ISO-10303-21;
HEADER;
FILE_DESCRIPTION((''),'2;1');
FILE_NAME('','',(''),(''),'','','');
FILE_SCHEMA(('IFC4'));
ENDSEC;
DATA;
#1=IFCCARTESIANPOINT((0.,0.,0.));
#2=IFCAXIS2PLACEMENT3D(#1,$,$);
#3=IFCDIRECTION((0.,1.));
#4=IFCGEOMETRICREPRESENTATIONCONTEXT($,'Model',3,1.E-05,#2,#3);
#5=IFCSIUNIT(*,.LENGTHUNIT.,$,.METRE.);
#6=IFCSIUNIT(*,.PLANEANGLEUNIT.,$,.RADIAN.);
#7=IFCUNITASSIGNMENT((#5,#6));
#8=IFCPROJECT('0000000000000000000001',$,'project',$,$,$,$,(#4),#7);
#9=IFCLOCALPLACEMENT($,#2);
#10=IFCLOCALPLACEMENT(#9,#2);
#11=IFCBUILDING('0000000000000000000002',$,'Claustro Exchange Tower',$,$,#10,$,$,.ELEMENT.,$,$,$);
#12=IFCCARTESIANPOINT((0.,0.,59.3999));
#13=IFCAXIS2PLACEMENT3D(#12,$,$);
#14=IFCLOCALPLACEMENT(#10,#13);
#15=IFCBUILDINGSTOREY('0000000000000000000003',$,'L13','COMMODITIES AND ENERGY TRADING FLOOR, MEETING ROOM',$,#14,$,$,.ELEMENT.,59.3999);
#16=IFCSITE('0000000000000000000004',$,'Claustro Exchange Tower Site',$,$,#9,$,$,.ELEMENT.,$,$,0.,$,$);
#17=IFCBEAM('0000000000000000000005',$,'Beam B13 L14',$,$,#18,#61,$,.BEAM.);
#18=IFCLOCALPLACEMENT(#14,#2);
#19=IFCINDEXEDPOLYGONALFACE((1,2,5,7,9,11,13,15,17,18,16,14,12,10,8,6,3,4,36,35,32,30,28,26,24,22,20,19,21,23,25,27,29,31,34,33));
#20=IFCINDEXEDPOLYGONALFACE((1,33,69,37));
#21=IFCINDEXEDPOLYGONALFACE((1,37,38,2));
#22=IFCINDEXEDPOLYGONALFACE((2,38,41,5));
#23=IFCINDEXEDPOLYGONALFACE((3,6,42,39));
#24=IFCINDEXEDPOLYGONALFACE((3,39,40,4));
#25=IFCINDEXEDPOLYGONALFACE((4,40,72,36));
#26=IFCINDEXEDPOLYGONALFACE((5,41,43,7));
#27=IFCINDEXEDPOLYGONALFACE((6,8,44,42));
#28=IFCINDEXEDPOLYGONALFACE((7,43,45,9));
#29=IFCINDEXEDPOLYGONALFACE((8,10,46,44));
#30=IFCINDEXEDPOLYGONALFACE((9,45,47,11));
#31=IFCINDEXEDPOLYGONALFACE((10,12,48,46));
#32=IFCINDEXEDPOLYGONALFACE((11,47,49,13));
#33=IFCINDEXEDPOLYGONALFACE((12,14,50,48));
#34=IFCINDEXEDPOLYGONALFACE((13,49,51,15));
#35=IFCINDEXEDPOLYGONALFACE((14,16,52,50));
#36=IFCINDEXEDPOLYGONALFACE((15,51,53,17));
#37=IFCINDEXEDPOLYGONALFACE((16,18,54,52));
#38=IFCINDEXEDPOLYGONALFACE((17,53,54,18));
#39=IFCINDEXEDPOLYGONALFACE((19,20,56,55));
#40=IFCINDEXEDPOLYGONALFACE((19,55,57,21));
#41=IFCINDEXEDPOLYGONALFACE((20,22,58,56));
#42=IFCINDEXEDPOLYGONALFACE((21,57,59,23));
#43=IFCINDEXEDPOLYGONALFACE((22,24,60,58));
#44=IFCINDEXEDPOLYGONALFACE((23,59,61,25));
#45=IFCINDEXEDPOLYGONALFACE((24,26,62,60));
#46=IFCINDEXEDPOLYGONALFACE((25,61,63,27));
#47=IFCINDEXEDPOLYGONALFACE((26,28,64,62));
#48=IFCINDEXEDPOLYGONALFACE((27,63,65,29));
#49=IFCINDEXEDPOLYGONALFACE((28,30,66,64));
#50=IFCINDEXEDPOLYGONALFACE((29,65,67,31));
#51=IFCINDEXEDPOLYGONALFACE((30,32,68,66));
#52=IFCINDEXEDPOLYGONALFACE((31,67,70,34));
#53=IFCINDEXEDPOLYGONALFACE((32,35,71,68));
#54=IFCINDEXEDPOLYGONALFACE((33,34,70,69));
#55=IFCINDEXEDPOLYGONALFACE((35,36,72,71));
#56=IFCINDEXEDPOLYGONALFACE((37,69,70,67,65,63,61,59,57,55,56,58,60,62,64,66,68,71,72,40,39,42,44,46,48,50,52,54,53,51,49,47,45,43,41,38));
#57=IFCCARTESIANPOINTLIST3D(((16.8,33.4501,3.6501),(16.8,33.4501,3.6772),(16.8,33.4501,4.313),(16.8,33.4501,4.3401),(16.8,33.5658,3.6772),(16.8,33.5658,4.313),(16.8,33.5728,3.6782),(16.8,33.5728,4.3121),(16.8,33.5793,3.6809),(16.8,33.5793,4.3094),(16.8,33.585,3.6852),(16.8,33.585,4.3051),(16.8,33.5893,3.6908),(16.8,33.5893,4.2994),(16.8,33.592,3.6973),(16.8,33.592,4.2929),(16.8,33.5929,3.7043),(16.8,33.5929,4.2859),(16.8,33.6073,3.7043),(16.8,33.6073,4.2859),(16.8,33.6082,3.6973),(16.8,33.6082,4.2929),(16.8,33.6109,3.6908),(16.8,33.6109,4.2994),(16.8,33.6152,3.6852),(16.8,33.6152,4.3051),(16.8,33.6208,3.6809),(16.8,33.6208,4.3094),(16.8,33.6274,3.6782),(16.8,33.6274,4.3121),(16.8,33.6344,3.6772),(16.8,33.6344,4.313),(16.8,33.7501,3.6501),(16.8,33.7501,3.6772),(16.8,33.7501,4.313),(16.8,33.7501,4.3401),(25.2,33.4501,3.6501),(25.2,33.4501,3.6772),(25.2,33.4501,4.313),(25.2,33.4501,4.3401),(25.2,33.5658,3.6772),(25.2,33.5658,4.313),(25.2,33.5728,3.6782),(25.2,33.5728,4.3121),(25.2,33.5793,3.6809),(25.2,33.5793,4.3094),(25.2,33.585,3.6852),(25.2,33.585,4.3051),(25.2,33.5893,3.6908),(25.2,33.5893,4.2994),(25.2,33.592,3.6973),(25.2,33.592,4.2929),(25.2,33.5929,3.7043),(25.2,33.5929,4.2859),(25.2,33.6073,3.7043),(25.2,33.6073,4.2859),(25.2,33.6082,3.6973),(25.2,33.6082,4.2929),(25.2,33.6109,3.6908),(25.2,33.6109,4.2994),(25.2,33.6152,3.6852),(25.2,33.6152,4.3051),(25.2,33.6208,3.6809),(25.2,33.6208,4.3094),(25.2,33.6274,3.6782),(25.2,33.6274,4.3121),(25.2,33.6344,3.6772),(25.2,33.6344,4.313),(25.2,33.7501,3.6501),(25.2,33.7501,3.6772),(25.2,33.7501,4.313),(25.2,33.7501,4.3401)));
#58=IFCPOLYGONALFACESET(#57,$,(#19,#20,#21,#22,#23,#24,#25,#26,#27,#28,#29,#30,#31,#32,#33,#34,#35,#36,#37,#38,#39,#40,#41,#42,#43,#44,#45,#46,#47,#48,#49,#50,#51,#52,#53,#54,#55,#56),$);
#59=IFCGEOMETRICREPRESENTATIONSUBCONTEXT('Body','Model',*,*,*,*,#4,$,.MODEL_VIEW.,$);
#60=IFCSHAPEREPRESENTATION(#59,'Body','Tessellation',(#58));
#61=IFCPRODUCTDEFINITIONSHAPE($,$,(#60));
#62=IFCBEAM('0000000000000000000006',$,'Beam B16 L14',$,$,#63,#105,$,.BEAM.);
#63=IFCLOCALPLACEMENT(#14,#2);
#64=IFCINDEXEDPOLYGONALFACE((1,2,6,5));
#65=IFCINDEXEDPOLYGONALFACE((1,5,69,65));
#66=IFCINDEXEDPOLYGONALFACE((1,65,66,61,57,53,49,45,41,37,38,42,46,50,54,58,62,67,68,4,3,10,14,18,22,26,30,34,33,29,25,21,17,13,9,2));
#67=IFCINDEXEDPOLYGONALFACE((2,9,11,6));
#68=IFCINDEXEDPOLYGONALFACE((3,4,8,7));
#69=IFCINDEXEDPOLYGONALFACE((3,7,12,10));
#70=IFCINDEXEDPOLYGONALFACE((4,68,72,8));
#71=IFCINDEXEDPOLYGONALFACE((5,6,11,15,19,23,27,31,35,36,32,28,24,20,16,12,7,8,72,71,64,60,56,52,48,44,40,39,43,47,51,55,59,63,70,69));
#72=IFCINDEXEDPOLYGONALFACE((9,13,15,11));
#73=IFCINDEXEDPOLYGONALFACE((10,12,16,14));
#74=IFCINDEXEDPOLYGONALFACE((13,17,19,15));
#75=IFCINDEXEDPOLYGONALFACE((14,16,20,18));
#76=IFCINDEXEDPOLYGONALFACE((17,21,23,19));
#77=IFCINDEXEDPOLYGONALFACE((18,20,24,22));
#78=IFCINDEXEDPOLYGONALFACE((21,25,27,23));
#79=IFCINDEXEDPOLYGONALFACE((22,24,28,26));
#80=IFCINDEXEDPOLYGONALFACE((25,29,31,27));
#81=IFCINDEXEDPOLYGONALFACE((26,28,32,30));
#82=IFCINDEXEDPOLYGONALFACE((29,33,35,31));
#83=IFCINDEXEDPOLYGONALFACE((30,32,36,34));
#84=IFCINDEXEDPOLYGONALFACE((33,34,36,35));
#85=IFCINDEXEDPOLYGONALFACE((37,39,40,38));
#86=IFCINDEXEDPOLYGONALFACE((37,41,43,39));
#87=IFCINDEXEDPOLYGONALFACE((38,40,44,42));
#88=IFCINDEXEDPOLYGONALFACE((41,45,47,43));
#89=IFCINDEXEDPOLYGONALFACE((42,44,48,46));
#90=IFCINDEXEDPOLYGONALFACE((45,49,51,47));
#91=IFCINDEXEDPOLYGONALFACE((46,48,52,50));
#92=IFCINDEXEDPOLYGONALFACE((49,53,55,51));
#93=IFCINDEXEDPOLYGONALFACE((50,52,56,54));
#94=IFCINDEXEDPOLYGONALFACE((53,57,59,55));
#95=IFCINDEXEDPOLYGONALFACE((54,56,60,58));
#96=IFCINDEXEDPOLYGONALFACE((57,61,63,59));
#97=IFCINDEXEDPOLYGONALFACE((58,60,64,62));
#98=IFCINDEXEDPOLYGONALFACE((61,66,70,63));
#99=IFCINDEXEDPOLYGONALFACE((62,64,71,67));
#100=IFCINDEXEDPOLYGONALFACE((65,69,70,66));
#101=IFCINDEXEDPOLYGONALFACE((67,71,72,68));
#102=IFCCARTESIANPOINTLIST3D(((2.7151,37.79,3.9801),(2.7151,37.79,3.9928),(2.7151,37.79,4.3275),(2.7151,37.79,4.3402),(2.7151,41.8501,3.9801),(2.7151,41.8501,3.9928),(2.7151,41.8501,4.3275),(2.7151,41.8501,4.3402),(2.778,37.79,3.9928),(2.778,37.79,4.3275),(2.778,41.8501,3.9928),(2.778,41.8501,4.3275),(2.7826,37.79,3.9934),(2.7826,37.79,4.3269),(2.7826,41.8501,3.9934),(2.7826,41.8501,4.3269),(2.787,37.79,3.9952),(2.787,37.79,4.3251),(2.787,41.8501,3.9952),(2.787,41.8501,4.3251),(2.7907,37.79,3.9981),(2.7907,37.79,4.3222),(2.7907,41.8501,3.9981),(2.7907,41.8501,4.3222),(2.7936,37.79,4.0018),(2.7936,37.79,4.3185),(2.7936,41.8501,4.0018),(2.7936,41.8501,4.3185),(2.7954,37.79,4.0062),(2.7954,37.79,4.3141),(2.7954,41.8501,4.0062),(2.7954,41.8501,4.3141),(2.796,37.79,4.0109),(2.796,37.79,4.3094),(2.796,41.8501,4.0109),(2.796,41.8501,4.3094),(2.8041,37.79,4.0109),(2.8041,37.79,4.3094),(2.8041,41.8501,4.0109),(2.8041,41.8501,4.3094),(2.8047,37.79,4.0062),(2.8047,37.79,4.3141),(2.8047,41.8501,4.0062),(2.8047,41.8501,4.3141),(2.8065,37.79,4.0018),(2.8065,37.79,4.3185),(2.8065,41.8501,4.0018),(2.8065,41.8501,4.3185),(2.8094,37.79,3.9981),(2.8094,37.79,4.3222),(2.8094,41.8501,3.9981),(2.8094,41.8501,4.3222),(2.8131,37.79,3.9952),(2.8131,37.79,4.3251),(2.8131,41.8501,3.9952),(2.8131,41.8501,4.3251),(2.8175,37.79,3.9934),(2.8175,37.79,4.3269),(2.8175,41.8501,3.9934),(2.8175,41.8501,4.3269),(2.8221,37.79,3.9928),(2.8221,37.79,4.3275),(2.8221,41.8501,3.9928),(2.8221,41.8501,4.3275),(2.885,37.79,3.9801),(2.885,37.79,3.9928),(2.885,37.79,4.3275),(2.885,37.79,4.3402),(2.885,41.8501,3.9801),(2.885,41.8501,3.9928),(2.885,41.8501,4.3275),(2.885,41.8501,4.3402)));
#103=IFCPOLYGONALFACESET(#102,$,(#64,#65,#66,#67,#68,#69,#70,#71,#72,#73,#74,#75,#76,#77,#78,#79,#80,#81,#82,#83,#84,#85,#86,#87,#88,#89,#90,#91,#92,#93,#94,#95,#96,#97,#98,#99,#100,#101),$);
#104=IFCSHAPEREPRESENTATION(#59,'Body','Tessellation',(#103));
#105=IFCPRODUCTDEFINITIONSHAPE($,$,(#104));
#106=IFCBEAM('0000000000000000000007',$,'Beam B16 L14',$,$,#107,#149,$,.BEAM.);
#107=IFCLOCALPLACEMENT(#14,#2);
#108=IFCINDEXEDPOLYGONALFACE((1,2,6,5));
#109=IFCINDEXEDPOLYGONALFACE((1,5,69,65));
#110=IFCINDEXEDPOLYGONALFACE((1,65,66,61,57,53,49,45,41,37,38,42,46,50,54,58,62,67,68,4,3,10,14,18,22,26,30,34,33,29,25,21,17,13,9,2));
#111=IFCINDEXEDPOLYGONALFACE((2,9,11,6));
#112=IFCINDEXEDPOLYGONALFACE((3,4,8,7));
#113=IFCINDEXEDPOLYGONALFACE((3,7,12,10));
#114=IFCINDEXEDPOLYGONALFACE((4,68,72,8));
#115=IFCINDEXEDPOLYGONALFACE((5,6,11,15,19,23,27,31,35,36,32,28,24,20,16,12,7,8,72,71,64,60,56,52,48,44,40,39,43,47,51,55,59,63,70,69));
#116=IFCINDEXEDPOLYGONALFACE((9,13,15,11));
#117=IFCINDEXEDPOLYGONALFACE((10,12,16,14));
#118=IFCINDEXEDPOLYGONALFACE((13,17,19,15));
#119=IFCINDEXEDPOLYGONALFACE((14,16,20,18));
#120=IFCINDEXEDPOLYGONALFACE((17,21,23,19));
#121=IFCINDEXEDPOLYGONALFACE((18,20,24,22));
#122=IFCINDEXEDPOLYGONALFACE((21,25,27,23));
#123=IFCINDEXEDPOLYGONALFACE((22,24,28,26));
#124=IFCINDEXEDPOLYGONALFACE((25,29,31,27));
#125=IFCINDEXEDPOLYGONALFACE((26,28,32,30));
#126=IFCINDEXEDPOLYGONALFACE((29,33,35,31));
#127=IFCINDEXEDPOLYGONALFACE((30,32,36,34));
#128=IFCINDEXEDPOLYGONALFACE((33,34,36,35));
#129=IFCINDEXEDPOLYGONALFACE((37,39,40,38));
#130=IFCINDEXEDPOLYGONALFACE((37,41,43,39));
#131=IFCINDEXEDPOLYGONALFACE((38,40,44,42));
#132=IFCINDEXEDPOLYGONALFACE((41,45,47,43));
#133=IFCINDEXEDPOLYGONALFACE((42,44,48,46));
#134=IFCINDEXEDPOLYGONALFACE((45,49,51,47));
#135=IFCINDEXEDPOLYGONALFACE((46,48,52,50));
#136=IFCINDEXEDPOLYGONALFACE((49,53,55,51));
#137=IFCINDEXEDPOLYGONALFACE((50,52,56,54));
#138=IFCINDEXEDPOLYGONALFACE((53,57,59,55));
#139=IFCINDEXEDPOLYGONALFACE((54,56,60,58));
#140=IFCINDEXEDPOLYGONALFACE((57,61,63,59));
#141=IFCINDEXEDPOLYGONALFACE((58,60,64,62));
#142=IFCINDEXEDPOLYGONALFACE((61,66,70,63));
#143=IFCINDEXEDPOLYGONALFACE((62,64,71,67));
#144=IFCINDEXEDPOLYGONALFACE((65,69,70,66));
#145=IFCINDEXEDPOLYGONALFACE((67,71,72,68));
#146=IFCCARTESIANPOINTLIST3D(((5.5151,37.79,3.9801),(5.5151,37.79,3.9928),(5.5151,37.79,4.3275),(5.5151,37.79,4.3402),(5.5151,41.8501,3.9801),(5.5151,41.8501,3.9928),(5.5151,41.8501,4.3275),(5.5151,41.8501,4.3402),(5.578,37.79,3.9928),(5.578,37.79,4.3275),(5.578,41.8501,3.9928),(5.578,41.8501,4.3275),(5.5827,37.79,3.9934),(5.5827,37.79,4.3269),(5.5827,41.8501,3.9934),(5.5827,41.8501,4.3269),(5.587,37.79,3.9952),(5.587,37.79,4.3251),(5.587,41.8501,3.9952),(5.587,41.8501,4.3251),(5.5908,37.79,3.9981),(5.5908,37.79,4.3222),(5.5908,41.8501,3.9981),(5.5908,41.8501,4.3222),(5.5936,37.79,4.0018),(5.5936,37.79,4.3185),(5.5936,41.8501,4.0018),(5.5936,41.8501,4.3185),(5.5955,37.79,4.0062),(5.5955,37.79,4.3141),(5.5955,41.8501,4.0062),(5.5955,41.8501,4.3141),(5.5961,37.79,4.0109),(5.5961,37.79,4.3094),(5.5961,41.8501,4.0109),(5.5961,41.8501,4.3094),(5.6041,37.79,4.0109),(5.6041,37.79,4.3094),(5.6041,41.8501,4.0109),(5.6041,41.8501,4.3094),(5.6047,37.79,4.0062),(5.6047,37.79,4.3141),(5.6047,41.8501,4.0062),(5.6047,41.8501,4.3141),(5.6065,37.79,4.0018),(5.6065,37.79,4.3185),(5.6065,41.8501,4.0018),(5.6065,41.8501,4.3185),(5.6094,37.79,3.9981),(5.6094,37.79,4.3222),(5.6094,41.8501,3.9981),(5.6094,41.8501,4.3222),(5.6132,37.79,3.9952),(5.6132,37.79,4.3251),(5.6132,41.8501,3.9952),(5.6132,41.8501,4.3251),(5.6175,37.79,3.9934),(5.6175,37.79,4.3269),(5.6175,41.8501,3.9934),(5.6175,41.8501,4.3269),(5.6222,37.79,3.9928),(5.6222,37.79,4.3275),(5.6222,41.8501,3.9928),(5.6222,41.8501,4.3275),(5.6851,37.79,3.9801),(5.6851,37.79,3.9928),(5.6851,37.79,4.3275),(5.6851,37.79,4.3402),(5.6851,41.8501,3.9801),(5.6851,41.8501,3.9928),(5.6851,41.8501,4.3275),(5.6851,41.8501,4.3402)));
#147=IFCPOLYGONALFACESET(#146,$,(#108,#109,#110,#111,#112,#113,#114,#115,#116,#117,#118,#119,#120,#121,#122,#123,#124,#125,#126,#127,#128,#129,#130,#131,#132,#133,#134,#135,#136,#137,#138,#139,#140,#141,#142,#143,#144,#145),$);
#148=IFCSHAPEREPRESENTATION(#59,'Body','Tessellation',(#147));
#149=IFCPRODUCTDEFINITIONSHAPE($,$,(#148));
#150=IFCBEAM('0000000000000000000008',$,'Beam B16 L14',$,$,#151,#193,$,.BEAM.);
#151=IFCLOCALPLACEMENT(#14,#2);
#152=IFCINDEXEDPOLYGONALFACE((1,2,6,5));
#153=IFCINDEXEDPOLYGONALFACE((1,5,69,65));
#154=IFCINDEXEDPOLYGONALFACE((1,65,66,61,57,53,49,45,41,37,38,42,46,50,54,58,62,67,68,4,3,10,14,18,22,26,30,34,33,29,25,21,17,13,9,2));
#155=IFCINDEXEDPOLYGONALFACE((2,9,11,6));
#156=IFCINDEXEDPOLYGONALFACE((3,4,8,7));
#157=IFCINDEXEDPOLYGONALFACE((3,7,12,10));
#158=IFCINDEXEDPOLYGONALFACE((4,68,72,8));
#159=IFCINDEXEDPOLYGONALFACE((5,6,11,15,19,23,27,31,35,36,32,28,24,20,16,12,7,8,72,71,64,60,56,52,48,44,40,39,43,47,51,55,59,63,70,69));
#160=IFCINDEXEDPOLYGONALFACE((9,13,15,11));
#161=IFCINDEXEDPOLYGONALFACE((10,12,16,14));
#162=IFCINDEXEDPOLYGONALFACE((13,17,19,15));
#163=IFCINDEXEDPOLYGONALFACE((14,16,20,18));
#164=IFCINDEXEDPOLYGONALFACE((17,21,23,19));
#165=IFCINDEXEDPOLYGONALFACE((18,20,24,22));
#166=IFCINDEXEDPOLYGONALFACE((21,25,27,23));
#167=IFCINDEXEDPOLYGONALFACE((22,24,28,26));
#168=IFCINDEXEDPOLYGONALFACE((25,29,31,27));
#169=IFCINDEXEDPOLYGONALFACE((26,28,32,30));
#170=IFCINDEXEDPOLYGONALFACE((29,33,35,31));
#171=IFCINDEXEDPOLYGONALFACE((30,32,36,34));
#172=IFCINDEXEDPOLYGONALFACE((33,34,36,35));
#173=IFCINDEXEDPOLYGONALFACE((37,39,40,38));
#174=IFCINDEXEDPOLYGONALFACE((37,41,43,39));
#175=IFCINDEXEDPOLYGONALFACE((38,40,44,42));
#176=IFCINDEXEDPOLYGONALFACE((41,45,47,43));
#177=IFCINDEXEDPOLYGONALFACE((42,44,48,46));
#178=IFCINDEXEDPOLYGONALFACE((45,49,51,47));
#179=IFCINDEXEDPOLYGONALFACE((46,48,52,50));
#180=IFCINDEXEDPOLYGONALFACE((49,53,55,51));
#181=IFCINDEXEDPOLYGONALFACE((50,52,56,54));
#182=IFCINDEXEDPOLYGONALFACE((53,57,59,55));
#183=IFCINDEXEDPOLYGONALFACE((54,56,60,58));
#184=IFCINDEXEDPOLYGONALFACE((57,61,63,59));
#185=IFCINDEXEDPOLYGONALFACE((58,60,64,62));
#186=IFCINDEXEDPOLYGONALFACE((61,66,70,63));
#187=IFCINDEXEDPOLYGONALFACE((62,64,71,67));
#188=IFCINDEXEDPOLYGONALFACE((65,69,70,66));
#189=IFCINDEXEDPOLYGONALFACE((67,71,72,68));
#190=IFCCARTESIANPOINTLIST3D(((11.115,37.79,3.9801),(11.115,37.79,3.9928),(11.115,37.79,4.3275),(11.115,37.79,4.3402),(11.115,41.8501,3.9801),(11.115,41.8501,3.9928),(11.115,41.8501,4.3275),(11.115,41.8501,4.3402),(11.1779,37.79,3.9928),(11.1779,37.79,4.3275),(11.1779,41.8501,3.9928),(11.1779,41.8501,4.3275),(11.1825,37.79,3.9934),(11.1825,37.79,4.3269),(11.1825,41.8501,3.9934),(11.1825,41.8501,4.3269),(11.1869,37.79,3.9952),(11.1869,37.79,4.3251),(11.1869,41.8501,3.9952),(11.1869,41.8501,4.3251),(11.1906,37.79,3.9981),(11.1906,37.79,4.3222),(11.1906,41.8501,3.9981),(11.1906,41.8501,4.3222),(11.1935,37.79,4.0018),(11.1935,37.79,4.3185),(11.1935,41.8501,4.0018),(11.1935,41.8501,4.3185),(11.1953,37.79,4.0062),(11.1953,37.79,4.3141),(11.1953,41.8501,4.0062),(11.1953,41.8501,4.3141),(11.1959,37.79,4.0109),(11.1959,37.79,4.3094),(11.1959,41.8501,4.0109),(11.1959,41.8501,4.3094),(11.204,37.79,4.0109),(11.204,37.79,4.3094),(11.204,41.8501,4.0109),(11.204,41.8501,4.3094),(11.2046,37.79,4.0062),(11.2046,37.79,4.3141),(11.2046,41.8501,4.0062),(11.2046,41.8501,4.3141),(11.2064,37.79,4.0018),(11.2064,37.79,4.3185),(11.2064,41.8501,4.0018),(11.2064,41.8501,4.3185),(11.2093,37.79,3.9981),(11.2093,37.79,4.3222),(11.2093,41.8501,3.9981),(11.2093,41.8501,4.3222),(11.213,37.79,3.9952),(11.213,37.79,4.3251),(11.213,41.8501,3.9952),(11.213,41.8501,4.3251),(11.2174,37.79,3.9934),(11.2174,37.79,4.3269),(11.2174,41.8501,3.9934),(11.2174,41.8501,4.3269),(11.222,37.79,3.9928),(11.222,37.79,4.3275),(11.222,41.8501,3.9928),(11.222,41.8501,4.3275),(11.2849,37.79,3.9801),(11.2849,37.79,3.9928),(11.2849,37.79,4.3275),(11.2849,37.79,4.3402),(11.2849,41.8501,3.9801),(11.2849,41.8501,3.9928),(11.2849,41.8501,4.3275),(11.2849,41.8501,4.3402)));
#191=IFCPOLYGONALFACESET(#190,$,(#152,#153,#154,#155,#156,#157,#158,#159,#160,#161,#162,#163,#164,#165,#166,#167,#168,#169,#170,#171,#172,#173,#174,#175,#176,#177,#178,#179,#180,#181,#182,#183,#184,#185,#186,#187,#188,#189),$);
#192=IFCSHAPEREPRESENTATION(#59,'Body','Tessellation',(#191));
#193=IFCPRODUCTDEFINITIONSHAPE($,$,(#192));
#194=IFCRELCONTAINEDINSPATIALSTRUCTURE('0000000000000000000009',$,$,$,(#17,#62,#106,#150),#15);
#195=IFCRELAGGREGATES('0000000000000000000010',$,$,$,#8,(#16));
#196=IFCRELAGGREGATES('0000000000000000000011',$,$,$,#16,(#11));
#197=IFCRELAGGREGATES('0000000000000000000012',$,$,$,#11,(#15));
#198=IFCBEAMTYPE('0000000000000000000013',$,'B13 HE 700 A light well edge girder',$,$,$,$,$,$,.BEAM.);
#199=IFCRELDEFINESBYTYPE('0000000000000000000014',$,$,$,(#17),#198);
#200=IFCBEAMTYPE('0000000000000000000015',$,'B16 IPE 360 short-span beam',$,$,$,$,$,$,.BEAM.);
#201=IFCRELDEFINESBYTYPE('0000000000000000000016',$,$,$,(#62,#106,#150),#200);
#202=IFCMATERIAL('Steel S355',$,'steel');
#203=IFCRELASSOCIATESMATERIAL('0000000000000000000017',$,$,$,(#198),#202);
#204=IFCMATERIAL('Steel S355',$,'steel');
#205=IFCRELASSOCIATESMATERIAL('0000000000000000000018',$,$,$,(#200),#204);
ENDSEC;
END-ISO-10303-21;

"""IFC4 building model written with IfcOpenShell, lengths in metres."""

from ifc_helpers import new_model, si_unit, direction, frame, origin, origin_2d, place, context, subcontext, project, spatial, i_section, extrude, material, material_profile, profile_set, type_object, element, save


model = new_model("IFC4")

# Units and contexts
model_context = context("Model", 3, precision=1e-05, world=origin(), true_north=direction((0.0, 1.0)))
body_context = subcontext(model_context, "Body", "Model", "MODEL_VIEW")
ifc_project = project(units=[si_unit("LENGTHUNIT", "METRE"), si_unit("PLANEANGLEUNIT", "RADIAN")], contexts=[model_context])

# Site, building, storey
site_placement = place(None, origin())
site = spatial("IfcSite", under=ifc_project, at=site_placement, Name="Claustro Exchange Tower Site", CompositionType="ELEMENT", RefElevation=0.0)
building_placement = place(site_placement, origin())
building = spatial("IfcBuilding", under=site, at=building_placement, Name="Claustro Exchange Tower", CompositionType="ELEMENT")
storey_placement = place(building_placement, frame((0.0, 0.0, 59.3999)))
storey = spatial("IfcBuildingStorey", under=building, at=storey_placement, Name="L13", Description="COMMODITIES AND ENERGY TRADING FLOOR, MEETING ROOM", CompositionType="ELEMENT", Elevation=59.3999)

# Beams
ifc_material_1 = material(Name="Steel S355", Category="steel")
ifc_material_profile_1 = material_profile(ifc_material_1, i_section(OverallWidth=0.3, OverallDepth=0.6899, WebThickness=0.0144, FlangeThickness=0.0271, FilletRadius=0.0271, at=origin_2d()), Name="HE 700 A")
ifc_profile_set_1 = profile_set([ifc_material_profile_1], Name="Steel S355")
beam_type_1 = type_object("IfcBeamType", Name="B13 HE 700 A light well edge girder", PredefinedType="BEAM", material=ifc_profile_set_1)
beam_1_placement = place(storey_placement, frame((16.8, 33.6001, 3.9951), z_axis=(1.0, 0.0, 0.0), x_axis=(0.0, 1.0, 0.0)))
element("IfcBeam", 1, at=beam_1_placement, inside=storey, type_object=beam_type_1, Name="Beam B13 L14", PredefinedType="BEAM", context=body_context, shape_type="SweptSolid", body=[
    extrude(i_section(OverallWidth=0.3, OverallDepth=0.6899, WebThickness=0.0144, FlangeThickness=0.0271, FilletRadius=0.0271, at=origin_2d()), origin(), (0.0, 0.0, 1.0), 8.3999),
])
ifc_material_2 = material(Name="Steel S355", Category="steel")
ifc_material_profile_2 = material_profile(ifc_material_2, i_section(OverallWidth=0.1699, OverallDepth=0.3601, WebThickness=0.0081, FlangeThickness=0.0127, FilletRadius=0.0181, at=origin_2d()), Name="IPE 360")
ifc_profile_set_2 = profile_set([ifc_material_profile_2], Name="Steel S355")
beam_type_2 = type_object("IfcBeamType", Name="B16 IPE 360 short-span beam", PredefinedType="BEAM", material=ifc_profile_set_2)
for number, where, z_axis, x_axis, name in (
    (2, (2.8, 37.79, 4.1602), (0.0, 1.0, 0.0), (-1.0, 0.0, 0.0), "Beam B16 L14"),
    (3, (5.6001, 37.79, 4.1602), (0.0, 1.0, 0.0), (-1.0, 0.0, 0.0), "Beam B16 L14"),
    (4, (11.2, 37.79, 4.1602), (0.0, 1.0, 0.0), (-1.0, 0.0, 0.0), "Beam B16 L14"),
):
    element("IfcBeam", number, at=place(storey_placement, frame(where, z_axis=z_axis, x_axis=x_axis)), inside=storey, type_object=beam_type_2, Name=name, PredefinedType="BEAM", context=body_context, shape_type="SweptSolid", body=[
        extrude(i_section(OverallWidth=0.1699, OverallDepth=0.3601, WebThickness=0.0081, FlangeThickness=0.0127, FilletRadius=0.0181, at=origin_2d()), origin(), (0.0, 0.0, 1.0), 4.0601),
    ])

save(model, "model.ifc")
